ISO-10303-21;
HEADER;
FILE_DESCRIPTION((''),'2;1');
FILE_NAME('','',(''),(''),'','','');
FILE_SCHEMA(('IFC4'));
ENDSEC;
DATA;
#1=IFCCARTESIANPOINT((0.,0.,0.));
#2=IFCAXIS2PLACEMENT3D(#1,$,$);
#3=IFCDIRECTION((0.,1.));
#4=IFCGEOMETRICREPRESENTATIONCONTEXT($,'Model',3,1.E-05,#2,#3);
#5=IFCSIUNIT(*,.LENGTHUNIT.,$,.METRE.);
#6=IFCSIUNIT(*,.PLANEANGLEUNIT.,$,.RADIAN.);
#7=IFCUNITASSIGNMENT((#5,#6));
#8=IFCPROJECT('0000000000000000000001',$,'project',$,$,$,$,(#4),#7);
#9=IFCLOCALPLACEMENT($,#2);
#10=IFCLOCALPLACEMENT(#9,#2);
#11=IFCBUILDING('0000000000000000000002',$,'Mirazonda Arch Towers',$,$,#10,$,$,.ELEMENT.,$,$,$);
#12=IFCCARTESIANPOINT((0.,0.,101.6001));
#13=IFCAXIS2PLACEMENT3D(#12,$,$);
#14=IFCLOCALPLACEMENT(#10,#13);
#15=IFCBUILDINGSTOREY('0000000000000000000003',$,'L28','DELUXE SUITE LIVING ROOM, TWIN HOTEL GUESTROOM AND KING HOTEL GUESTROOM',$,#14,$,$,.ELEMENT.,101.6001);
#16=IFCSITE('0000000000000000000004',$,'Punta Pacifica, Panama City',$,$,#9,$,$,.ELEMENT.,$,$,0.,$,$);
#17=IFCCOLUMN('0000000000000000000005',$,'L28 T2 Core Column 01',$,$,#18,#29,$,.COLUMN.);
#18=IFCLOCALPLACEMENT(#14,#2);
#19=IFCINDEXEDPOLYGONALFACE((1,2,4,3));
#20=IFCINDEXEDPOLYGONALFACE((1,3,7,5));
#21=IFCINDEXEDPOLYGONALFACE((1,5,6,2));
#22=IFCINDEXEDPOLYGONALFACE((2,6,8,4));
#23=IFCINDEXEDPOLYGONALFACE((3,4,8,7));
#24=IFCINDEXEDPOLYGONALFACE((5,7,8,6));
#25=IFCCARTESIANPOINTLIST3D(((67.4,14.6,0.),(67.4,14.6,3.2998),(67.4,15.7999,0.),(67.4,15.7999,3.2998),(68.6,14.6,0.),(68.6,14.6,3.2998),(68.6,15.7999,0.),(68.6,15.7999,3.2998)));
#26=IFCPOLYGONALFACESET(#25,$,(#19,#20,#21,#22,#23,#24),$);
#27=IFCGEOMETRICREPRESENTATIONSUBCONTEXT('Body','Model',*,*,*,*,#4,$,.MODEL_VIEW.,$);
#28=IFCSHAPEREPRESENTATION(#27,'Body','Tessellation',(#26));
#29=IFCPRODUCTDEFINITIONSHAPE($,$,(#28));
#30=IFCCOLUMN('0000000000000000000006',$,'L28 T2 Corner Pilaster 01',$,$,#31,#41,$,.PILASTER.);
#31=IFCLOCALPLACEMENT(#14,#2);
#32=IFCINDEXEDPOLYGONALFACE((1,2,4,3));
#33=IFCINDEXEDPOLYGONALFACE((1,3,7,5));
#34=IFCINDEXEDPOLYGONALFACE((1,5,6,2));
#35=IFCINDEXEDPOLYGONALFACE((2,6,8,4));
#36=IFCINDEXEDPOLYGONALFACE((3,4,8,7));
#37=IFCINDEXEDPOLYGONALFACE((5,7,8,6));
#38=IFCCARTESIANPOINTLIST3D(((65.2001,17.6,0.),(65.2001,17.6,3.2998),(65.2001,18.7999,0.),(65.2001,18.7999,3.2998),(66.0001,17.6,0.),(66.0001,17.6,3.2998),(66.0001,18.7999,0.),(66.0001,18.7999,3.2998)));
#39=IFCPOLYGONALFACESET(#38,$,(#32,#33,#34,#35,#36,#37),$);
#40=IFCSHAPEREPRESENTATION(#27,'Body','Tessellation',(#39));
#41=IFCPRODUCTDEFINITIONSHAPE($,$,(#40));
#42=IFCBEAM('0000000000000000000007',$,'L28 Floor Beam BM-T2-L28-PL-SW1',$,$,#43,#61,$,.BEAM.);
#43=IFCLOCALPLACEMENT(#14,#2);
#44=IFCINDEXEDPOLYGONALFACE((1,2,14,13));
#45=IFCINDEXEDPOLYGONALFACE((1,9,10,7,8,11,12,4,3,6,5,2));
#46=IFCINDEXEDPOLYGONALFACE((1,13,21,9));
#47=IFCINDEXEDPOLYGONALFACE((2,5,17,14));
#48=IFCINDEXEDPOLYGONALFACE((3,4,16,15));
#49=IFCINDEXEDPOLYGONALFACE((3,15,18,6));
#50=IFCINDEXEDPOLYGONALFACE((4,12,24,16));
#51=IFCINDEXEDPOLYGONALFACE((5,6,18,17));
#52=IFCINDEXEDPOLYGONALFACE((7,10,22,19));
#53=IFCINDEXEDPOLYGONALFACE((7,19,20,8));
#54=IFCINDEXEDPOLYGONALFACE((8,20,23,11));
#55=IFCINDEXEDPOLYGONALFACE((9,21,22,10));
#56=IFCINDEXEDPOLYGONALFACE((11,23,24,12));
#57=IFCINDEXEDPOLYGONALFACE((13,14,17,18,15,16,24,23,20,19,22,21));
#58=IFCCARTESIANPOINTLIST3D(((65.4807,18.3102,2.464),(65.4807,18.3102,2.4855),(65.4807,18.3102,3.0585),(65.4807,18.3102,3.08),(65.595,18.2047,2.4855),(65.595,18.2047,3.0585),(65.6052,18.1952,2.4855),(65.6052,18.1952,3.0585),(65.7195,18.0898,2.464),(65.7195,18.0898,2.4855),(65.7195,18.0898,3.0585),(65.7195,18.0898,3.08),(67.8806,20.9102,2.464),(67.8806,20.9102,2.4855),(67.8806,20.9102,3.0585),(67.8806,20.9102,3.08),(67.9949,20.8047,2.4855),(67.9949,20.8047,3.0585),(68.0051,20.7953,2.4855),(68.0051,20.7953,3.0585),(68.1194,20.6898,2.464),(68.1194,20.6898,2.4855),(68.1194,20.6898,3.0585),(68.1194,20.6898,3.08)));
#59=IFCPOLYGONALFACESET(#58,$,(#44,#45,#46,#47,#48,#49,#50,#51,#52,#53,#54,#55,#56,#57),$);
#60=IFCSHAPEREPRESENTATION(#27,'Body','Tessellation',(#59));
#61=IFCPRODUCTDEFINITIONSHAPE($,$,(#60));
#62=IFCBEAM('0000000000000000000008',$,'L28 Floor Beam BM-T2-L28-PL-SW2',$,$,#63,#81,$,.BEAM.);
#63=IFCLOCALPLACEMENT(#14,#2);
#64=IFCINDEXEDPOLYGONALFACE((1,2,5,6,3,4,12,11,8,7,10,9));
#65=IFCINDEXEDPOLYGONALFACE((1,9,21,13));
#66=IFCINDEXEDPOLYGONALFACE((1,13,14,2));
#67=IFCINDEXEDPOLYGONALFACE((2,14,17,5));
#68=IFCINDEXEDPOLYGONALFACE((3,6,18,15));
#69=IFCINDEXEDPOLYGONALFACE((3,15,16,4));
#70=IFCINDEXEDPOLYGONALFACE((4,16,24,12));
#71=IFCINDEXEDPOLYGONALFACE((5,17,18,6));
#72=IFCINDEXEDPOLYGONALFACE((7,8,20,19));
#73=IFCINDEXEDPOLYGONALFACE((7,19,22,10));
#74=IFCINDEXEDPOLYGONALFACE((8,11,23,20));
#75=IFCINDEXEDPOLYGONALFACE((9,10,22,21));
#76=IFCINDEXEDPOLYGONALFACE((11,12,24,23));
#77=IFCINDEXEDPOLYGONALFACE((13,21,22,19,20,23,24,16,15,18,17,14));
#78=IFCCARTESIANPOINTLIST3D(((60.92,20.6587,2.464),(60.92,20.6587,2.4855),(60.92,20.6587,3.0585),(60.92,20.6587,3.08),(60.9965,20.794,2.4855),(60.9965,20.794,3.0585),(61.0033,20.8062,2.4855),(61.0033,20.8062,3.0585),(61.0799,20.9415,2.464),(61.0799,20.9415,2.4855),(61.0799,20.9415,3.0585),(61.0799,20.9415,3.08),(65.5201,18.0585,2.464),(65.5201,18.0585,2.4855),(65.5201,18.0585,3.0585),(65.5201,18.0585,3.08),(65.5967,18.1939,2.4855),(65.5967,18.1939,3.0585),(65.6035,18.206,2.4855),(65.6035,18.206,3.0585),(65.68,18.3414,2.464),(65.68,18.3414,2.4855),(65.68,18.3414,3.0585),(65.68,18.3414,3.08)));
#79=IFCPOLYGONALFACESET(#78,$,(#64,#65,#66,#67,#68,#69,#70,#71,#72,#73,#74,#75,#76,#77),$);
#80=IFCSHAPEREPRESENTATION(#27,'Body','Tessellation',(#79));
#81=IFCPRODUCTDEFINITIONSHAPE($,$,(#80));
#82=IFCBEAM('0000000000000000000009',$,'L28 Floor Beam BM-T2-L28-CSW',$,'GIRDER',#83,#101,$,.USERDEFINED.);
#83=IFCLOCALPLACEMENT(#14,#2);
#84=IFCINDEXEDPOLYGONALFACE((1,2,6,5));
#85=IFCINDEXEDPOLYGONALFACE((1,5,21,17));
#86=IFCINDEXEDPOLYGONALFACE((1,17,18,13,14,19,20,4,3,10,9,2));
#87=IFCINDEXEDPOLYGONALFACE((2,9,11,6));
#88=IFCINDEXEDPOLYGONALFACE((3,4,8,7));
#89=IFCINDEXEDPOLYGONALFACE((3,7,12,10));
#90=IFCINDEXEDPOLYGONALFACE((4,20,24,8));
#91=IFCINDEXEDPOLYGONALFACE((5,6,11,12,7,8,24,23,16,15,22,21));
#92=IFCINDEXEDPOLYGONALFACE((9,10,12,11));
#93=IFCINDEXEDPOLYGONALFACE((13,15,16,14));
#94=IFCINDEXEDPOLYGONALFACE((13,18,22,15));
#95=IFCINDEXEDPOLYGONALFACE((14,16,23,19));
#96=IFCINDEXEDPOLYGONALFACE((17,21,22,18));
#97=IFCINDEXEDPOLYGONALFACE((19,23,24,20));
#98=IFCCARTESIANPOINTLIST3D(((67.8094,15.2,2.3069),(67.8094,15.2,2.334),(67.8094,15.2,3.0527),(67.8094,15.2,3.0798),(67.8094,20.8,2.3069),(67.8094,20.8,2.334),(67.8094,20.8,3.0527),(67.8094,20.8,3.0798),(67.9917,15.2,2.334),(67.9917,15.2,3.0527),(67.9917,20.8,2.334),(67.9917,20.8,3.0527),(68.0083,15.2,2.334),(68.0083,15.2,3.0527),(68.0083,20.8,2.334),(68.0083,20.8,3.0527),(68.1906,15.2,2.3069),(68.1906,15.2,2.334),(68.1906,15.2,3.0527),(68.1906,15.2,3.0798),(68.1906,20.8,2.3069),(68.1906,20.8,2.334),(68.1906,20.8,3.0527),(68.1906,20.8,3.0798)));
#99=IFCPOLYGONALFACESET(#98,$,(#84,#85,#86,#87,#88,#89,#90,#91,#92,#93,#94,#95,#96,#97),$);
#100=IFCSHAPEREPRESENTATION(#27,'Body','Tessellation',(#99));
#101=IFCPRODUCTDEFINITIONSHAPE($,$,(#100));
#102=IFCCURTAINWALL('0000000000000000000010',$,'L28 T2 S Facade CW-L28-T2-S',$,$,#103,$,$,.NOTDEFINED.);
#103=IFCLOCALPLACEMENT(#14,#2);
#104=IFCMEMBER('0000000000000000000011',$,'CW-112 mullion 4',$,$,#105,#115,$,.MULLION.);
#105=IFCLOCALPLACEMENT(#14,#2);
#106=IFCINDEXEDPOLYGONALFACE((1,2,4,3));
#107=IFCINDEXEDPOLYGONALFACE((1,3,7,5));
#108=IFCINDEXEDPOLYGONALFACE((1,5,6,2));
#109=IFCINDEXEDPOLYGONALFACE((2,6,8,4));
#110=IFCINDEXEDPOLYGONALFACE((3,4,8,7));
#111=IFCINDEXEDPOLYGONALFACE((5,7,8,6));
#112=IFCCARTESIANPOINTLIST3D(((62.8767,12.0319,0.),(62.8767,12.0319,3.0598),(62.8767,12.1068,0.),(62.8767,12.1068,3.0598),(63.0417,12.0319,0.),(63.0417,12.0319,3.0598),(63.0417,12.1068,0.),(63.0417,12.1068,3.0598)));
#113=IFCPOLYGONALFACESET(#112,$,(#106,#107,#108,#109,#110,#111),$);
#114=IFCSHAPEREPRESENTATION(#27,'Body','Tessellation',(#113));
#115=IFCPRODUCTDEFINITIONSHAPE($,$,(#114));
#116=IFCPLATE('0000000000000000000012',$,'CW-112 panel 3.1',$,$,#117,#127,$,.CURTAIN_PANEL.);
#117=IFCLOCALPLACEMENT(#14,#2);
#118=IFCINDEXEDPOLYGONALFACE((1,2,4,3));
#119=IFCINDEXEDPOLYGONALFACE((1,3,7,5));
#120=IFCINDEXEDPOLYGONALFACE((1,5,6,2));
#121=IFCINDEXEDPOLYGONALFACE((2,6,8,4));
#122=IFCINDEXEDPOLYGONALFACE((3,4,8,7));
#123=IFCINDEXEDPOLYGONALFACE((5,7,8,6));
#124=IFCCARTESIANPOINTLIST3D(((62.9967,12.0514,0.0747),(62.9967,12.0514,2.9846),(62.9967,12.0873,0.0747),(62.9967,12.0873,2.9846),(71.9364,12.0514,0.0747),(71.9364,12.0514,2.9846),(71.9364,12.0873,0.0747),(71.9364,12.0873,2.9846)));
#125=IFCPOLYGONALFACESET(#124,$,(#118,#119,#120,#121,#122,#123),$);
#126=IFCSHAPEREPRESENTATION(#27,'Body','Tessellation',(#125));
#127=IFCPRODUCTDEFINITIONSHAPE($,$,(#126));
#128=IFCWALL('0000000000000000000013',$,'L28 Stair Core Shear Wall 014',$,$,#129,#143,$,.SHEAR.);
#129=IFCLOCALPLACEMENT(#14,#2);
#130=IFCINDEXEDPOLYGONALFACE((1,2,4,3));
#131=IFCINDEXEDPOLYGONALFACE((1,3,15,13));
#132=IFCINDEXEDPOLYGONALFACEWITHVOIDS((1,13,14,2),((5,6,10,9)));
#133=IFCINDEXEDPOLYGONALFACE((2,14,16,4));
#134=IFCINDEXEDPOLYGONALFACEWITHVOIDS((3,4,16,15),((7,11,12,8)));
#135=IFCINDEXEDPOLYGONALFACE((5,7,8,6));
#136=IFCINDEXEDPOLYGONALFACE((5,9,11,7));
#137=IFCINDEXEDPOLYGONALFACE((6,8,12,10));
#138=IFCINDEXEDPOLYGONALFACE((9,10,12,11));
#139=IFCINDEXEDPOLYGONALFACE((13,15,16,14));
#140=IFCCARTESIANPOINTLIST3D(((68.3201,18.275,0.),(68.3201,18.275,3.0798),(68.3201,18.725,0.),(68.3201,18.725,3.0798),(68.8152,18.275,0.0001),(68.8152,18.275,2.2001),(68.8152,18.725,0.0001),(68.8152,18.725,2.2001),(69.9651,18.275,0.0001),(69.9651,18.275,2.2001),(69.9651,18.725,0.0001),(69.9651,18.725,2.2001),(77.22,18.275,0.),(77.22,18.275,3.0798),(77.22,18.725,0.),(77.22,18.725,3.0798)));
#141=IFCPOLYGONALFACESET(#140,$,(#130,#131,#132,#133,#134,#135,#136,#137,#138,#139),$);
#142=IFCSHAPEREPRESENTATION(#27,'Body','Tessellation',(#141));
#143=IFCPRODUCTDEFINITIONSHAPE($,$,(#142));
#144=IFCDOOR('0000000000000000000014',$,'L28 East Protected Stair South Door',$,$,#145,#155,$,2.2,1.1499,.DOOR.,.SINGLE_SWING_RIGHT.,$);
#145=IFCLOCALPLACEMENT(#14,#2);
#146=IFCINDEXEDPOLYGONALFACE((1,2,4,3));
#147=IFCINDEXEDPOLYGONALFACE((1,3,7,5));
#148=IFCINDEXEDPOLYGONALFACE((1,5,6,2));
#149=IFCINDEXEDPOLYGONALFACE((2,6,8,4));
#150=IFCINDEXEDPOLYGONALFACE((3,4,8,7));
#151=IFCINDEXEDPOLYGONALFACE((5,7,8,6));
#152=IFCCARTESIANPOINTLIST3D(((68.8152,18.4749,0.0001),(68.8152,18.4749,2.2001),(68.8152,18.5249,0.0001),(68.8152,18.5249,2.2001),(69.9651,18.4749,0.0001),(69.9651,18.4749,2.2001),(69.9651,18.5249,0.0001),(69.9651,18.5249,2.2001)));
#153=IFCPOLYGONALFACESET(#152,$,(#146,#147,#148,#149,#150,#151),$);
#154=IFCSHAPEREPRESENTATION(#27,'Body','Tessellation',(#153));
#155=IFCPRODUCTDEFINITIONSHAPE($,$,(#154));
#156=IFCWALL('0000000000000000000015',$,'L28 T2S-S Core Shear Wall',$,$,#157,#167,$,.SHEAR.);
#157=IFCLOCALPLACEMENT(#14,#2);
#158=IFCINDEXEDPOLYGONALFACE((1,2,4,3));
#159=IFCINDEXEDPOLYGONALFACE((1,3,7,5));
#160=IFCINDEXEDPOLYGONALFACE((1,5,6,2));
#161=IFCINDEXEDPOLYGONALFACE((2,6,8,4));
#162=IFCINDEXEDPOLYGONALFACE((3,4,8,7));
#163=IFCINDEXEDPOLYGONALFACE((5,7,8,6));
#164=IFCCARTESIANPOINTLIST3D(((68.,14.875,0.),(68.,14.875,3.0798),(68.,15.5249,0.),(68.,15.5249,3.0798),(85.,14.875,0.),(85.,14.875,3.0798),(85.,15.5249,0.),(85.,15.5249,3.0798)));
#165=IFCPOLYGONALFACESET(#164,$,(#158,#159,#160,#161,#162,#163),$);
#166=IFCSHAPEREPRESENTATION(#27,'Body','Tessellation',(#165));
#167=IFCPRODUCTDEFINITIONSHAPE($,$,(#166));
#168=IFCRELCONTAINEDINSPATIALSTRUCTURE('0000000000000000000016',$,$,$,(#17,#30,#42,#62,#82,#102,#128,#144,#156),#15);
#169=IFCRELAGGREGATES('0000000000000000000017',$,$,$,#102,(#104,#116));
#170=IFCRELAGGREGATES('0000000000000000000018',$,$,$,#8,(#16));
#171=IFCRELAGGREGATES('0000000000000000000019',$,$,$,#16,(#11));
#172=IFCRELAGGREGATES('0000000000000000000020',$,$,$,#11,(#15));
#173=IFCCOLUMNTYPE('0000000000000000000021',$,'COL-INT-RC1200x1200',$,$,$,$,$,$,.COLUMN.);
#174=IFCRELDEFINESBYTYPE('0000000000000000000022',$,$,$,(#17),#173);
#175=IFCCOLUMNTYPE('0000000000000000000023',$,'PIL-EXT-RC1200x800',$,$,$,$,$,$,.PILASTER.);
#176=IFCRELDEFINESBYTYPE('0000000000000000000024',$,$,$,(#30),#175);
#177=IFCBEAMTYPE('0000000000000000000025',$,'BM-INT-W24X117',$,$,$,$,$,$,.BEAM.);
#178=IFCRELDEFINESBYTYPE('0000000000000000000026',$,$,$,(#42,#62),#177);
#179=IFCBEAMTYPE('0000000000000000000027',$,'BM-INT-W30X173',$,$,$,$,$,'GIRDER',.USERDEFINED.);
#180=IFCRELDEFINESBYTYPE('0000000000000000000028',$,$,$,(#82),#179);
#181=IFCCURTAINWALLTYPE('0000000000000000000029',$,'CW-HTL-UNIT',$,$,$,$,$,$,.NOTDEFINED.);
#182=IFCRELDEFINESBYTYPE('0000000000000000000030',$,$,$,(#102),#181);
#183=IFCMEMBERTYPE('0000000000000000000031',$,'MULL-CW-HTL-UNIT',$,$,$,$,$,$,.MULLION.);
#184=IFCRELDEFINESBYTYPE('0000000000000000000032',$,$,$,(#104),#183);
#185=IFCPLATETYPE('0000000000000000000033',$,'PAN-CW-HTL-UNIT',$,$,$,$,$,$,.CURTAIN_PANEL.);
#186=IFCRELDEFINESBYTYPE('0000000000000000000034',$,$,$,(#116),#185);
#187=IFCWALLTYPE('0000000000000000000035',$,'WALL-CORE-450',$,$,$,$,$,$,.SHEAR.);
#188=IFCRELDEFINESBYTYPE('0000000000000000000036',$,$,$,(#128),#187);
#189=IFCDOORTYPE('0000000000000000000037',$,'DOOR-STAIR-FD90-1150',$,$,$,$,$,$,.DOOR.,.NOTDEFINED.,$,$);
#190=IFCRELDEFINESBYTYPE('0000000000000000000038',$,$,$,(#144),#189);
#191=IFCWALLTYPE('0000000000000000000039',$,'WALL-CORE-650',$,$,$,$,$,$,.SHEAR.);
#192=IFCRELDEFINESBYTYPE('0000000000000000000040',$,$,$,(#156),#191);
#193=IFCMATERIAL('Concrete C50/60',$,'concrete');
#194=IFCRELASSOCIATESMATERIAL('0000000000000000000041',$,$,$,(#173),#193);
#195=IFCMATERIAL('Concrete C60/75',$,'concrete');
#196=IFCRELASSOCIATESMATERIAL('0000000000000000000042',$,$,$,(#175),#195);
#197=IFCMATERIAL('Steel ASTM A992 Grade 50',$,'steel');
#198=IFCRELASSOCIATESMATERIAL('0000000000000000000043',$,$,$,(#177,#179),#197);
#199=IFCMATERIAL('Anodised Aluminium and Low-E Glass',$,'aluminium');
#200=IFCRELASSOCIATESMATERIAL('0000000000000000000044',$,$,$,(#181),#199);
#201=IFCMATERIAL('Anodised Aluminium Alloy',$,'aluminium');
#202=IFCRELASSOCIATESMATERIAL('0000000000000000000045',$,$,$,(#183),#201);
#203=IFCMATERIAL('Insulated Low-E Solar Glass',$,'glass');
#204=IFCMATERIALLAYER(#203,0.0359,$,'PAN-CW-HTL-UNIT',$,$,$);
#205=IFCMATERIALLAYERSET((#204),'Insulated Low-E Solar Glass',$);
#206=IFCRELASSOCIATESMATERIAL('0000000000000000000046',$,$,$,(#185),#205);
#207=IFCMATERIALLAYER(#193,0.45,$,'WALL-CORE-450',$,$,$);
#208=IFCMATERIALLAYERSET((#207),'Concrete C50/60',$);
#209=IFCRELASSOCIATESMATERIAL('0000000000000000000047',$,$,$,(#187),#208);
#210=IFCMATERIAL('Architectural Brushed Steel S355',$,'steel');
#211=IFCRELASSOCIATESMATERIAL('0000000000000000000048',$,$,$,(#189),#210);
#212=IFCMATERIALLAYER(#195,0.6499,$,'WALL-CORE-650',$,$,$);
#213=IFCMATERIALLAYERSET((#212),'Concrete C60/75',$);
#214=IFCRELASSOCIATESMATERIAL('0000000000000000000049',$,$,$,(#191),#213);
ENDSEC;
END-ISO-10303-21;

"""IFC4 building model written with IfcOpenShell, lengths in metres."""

from ifc_helpers import new_model, si_unit, direction, frame, frame_2d, origin, origin_2d, place, context, subcontext, project, spatial, rectangle, i_section, extrude, material, layer, layer_set, material_profile, profile_set, type_object, element, fill, aggregate, save


model = new_model("IFC4")

# Units and contexts
model_context = context("Model", 3, precision=1e-05, world=origin(), true_north=direction((0.0, 1.0)))
body_context = subcontext(model_context, "Body", "Model", "MODEL_VIEW")
ifc_project = project(units=[si_unit("LENGTHUNIT", "METRE"), si_unit("PLANEANGLEUNIT", "RADIAN")], contexts=[model_context])

# Site, building, storey
site_placement = place(None, origin())
site = spatial("IfcSite", under=ifc_project, at=site_placement, Name="Punta Pacifica, Panama City", CompositionType="ELEMENT", RefElevation=0.0)
building_placement = place(site_placement, origin())
building = spatial("IfcBuilding", under=site, at=building_placement, Name="Mirazonda Arch Towers", CompositionType="ELEMENT")
storey_placement = place(building_placement, frame((0.0, 0.0, 101.6001)))
storey = spatial("IfcBuildingStorey", under=building, at=storey_placement, Name="L28", Description="DELUXE SUITE LIVING ROOM, TWIN HOTEL GUESTROOM AND KING HOTEL GUESTROOM", CompositionType="ELEMENT", Elevation=101.6001)

# Columns
ifc_material_1 = material(Name="Concrete C50/60", Category="concrete")
ifc_material_profile_1 = material_profile(ifc_material_1, rectangle(XDim=1.2, YDim=1.2, at=origin_2d()), Name="RC1200x1200")
ifc_profile_set_1 = profile_set([ifc_material_profile_1], Name="Concrete C50/60")
column_type_1 = type_object("IfcColumnType", Name="COL-INT-RC1200x1200", PredefinedType="COLUMN", material=ifc_profile_set_1)
column_1_placement = place(storey_placement, frame((68.0, 15.2, 0.0), z_axis=(0.0, 0.0, 1.0), x_axis=(1.0, 0.0, 0.0)))
element("IfcColumn", 1, at=column_1_placement, inside=storey, type_object=column_type_1, Name="L28 T2 Core Column 01", PredefinedType="COLUMN", context=body_context, shape_type="SweptSolid", body=[
    extrude(rectangle(XDim=1.2, YDim=1.2, at=origin_2d()), origin(), (0.0, 0.0, 1.0), 3.2998),
])
ifc_material_2 = material(Name="Concrete C60/75", Category="concrete")
ifc_material_profile_2 = material_profile(ifc_material_2, rectangle(XDim=0.8, YDim=1.2, at=origin_2d()), Name="RC1200x800")
ifc_profile_set_2 = profile_set([ifc_material_profile_2], Name="Concrete C60/75")
column_type_2 = type_object("IfcColumnType", Name="PIL-EXT-RC1200x800", PredefinedType="PILASTER", material=ifc_profile_set_2)
column_2_placement = place(storey_placement, frame((65.6001, 18.2, 0.0), z_axis=(0.0, 0.0, 1.0), x_axis=(1.0, 0.0, 0.0)))
element("IfcColumn", 2, at=column_2_placement, inside=storey, type_object=column_type_2, Name="L28 T2 Corner Pilaster 01", PredefinedType="PILASTER", context=body_context, shape_type="SweptSolid", body=[
    extrude(rectangle(XDim=0.8, YDim=1.2, at=origin_2d()), origin(), (0.0, 0.0, 1.0), 3.2998),
])

# Beams
ifc_material_3 = material(Name="Steel ASTM A992 Grade 50", Category="steel")
ifc_material_profile_3 = material_profile(ifc_material_3, i_section(OverallWidth=0.325, OverallDepth=0.616, WebThickness=0.0139, FlangeThickness=0.0215, at=origin_2d()), Name="W24X117")
ifc_profile_set_3 = profile_set([ifc_material_profile_3], Name="Steel ASTM A992 Grade 50")
beam_type_1 = type_object("IfcBeamType", Name="BM-INT-W24X117", PredefinedType="BEAM", material=ifc_profile_set_3)
beam_1_placement = place(storey_placement, frame((65.6001, 18.2, 2.772), z_axis=(0.678251, 0.73483, 0.0), x_axis=(-0.73483, 0.678251, 0.0)))
element("IfcBeam", 3, at=beam_1_placement, inside=storey, type_object=beam_type_1, Name="L28 Floor Beam BM-T2-L28-PL-SW1", PredefinedType="BEAM", context=body_context, shape_type="SweptSolid", body=[
    extrude(i_section(OverallWidth=0.325, OverallDepth=0.616, WebThickness=0.0139, FlangeThickness=0.0215, at=origin_2d()), origin(), (0.0, 0.0, 1.0), 3.5383),
])
beam_2_placement = place(storey_placement, frame((65.6001, 18.2, 2.772), z_axis=(-0.870559, 0.492063, 0.0), x_axis=(-0.492063, -0.870559, 0.0)))
element("IfcBeam", 4, at=beam_2_placement, inside=storey, type_object=beam_type_1, Name="L28 Floor Beam BM-T2-L28-PL-SW2", PredefinedType="BEAM", context=body_context, shape_type="SweptSolid", body=[
    extrude(i_section(OverallWidth=0.325, OverallDepth=0.616, WebThickness=0.0139, FlangeThickness=0.0215, at=origin_2d()), origin(), (0.0, 0.0, 1.0), 5.2842),
])
ifc_material_profile_4 = material_profile(ifc_material_3, i_section(OverallWidth=0.3811, OverallDepth=0.7729, WebThickness=0.0166, FlangeThickness=0.0271, at=origin_2d()), Name="W30X173")
ifc_profile_set_4 = profile_set([ifc_material_profile_4], Name="Steel ASTM A992 Grade 50")
beam_type_2 = type_object("IfcBeamType", Name="BM-INT-W30X173", ElementType="GIRDER", PredefinedType="USERDEFINED", material=ifc_profile_set_4)
beam_3_placement = place(storey_placement, frame((68.0, 15.2, 2.6934), z_axis=(0.0, 1.0, 0.0), x_axis=(-1.0, 0.0, 0.0)))
element("IfcBeam", 5, at=beam_3_placement, inside=storey, type_object=beam_type_2, Name="L28 Floor Beam BM-T2-L28-CSW", ObjectType="GIRDER", PredefinedType="USERDEFINED", context=body_context, shape_type="SweptSolid", body=[
    extrude(i_section(OverallWidth=0.3811, OverallDepth=0.7729, WebThickness=0.0166, FlangeThickness=0.0271, at=origin_2d()), origin(), (0.0, 0.0, 1.0), 5.6001),
])

# Curtain wall, member, plate
ifc_material_4 = material(Name="Anodised Aluminium and Low-E Glass", Category="aluminium")
curtain_wall_type = type_object("IfcCurtainWallType", Name="CW-HTL-UNIT", PredefinedType="NOTDEFINED", material=ifc_material_4)
curtain_wall_placement = place(storey_placement, origin())
curtain_wall = element("IfcCurtainWall", 6, at=curtain_wall_placement, inside=storey, type_object=curtain_wall_type, Name="L28 T2 S Facade CW-L28-T2-S", PredefinedType="NOTDEFINED")
ifc_material_5 = material(Name="Anodised Aluminium Alloy", Category="aluminium")
ifc_material_profile_5 = material_profile(ifc_material_5, rectangle(XDim=0.075, YDim=0.165, at=origin_2d()), Name="ALU-MULL-75x165")
ifc_profile_set_5 = profile_set([ifc_material_profile_5], Name="Anodised Aluminium Alloy")
member_type = type_object("IfcMemberType", Name="MULL-CW-HTL-UNIT", PredefinedType="MULLION", material=ifc_profile_set_5)
member_placement = place(storey_placement, frame((62.9592, 12.0693, 0.0), z_axis=(0.0, 0.0, 1.0), x_axis=(0.0, -1.0, 0.0)))
member = element("IfcMember", 7, at=member_placement, type_object=member_type, Name="CW-112 mullion 4", PredefinedType="MULLION", context=body_context, shape_type="SweptSolid", body=[
    extrude(rectangle(XDim=0.075, YDim=0.165, at=origin_2d()), origin(), (0.0, 0.0, 1.0), 3.0598),
])
ifc_material_6 = material(Name="Insulated Low-E Solar Glass", Category="glass")
ifc_layer_1 = layer(ifc_material_6, 0.0359, Name="PAN-CW-HTL-UNIT")
ifc_layer_set_1 = layer_set([ifc_layer_1], Name="Insulated Low-E Solar Glass")
plate_type = type_object("IfcPlateType", Name="PAN-CW-HTL-UNIT", PredefinedType="CURTAIN_PANEL", material=ifc_layer_set_1)
plate_placement = place(storey_placement, frame((67.4666, 12.0693, 0.0747), z_axis=(0.0, 0.0, 1.0), x_axis=(-1.0, 0.0, 0.0)))
plate = element("IfcPlate", 8, at=plate_placement, type_object=plate_type, Name="CW-112 panel 3.1", PredefinedType="CURTAIN_PANEL", context=body_context, shape_type="SweptSolid", body=[
    extrude(rectangle(XDim=8.9397, YDim=0.0359, at=origin_2d()), origin(), (0.0, 0.0, 1.0), 2.9099),
])
aggregate(curtain_wall, [member, plate])

# Wall, opening, door
ifc_layer_2 = layer(ifc_material_1, 0.45, Name="WALL-CORE-450")
ifc_layer_set_2 = layer_set([ifc_layer_2], Name="Concrete C50/60")
wall_type_1 = type_object("IfcWallType", Name="WALL-CORE-450", PredefinedType="SHEAR", material=ifc_layer_set_2)
wall_1_placement = place(storey_placement, frame((68.3201, 18.5, 0.0), z_axis=(0.0, 0.0, 1.0), x_axis=(1.0, 0.0, 0.0)))
wall_1 = element("IfcWall", 9, at=wall_1_placement, inside=storey, type_object=wall_type_1, Name="L28 Stair Core Shear Wall 014", PredefinedType="SHEAR", context=body_context, shape_type="SweptSolid", body=[
    extrude(rectangle(XDim=8.8999, YDim=0.45, at=frame_2d((4.45, 0.0))), origin(), (0.0, 0.0, 1.0), 3.0798),
])
opening_placement = place(wall_1_placement, frame((0.4951, 0.0, 0.0)))
opening = element("IfcOpeningElement", 10, at=opening_placement, cuts=wall_1, PredefinedType="OPENING", context=body_context, shape_type="SweptSolid", body=[
    extrude(rectangle(XDim=1.1499, YDim=2.2, at=frame_2d((0.575, 1.1001))), frame((0.0, 0.2349, 0.0), z_axis=(0.0, -1.0, 0.0), x_axis=(1.0, 0.0, 0.0)), (0.0, 0.0, 1.0), 0.47),
])
ifc_material_7 = material(Name="Architectural Brushed Steel S355", Category="steel")
door_type = type_object("IfcDoorType", Name="DOOR-STAIR-FD90-1150", OperationType="NOTDEFINED", PredefinedType="DOOR", material=ifc_material_7)
door_placement = place(opening_placement, origin())
door = element("IfcDoor", 11, at=door_placement, inside=storey, type_object=door_type, Name="L28 East Protected Stair South Door", OperationType="SINGLE_SWING_RIGHT", OverallHeight=2.2, OverallWidth=1.1499, PredefinedType="DOOR", context=body_context, shape_type="SweptSolid", body=[
    extrude(rectangle(XDim=1.1499, YDim=2.2, at=frame_2d((0.575, 1.1001))), frame((0.0, 0.0249, 0.0), z_axis=(0.0, -1.0, 0.0), x_axis=(1.0, 0.0, 0.0)), (0.0, 0.0, 1.0), 0.05),
])
fill(opening, door)

# Wall
ifc_layer_3 = layer(ifc_material_2, 0.6499, Name="WALL-CORE-650")
ifc_layer_set_3 = layer_set([ifc_layer_3], Name="Concrete C60/75")
wall_type_2 = type_object("IfcWallType", Name="WALL-CORE-650", PredefinedType="SHEAR", material=ifc_layer_set_3)
wall_2_placement = place(storey_placement, frame((68.0, 15.2, 0.0), z_axis=(0.0, 0.0, 1.0), x_axis=(1.0, 0.0, 0.0)))
element("IfcWall", 12, at=wall_2_placement, inside=storey, type_object=wall_type_2, Name="L28 T2S-S Core Shear Wall", PredefinedType="SHEAR", context=body_context, shape_type="SweptSolid", body=[
    extrude(rectangle(XDim=17.0, YDim=0.6499, at=frame_2d((8.5, 0.0))), origin(), (0.0, 0.0, 1.0), 3.0798),
])

save(model, "model.ifc")
